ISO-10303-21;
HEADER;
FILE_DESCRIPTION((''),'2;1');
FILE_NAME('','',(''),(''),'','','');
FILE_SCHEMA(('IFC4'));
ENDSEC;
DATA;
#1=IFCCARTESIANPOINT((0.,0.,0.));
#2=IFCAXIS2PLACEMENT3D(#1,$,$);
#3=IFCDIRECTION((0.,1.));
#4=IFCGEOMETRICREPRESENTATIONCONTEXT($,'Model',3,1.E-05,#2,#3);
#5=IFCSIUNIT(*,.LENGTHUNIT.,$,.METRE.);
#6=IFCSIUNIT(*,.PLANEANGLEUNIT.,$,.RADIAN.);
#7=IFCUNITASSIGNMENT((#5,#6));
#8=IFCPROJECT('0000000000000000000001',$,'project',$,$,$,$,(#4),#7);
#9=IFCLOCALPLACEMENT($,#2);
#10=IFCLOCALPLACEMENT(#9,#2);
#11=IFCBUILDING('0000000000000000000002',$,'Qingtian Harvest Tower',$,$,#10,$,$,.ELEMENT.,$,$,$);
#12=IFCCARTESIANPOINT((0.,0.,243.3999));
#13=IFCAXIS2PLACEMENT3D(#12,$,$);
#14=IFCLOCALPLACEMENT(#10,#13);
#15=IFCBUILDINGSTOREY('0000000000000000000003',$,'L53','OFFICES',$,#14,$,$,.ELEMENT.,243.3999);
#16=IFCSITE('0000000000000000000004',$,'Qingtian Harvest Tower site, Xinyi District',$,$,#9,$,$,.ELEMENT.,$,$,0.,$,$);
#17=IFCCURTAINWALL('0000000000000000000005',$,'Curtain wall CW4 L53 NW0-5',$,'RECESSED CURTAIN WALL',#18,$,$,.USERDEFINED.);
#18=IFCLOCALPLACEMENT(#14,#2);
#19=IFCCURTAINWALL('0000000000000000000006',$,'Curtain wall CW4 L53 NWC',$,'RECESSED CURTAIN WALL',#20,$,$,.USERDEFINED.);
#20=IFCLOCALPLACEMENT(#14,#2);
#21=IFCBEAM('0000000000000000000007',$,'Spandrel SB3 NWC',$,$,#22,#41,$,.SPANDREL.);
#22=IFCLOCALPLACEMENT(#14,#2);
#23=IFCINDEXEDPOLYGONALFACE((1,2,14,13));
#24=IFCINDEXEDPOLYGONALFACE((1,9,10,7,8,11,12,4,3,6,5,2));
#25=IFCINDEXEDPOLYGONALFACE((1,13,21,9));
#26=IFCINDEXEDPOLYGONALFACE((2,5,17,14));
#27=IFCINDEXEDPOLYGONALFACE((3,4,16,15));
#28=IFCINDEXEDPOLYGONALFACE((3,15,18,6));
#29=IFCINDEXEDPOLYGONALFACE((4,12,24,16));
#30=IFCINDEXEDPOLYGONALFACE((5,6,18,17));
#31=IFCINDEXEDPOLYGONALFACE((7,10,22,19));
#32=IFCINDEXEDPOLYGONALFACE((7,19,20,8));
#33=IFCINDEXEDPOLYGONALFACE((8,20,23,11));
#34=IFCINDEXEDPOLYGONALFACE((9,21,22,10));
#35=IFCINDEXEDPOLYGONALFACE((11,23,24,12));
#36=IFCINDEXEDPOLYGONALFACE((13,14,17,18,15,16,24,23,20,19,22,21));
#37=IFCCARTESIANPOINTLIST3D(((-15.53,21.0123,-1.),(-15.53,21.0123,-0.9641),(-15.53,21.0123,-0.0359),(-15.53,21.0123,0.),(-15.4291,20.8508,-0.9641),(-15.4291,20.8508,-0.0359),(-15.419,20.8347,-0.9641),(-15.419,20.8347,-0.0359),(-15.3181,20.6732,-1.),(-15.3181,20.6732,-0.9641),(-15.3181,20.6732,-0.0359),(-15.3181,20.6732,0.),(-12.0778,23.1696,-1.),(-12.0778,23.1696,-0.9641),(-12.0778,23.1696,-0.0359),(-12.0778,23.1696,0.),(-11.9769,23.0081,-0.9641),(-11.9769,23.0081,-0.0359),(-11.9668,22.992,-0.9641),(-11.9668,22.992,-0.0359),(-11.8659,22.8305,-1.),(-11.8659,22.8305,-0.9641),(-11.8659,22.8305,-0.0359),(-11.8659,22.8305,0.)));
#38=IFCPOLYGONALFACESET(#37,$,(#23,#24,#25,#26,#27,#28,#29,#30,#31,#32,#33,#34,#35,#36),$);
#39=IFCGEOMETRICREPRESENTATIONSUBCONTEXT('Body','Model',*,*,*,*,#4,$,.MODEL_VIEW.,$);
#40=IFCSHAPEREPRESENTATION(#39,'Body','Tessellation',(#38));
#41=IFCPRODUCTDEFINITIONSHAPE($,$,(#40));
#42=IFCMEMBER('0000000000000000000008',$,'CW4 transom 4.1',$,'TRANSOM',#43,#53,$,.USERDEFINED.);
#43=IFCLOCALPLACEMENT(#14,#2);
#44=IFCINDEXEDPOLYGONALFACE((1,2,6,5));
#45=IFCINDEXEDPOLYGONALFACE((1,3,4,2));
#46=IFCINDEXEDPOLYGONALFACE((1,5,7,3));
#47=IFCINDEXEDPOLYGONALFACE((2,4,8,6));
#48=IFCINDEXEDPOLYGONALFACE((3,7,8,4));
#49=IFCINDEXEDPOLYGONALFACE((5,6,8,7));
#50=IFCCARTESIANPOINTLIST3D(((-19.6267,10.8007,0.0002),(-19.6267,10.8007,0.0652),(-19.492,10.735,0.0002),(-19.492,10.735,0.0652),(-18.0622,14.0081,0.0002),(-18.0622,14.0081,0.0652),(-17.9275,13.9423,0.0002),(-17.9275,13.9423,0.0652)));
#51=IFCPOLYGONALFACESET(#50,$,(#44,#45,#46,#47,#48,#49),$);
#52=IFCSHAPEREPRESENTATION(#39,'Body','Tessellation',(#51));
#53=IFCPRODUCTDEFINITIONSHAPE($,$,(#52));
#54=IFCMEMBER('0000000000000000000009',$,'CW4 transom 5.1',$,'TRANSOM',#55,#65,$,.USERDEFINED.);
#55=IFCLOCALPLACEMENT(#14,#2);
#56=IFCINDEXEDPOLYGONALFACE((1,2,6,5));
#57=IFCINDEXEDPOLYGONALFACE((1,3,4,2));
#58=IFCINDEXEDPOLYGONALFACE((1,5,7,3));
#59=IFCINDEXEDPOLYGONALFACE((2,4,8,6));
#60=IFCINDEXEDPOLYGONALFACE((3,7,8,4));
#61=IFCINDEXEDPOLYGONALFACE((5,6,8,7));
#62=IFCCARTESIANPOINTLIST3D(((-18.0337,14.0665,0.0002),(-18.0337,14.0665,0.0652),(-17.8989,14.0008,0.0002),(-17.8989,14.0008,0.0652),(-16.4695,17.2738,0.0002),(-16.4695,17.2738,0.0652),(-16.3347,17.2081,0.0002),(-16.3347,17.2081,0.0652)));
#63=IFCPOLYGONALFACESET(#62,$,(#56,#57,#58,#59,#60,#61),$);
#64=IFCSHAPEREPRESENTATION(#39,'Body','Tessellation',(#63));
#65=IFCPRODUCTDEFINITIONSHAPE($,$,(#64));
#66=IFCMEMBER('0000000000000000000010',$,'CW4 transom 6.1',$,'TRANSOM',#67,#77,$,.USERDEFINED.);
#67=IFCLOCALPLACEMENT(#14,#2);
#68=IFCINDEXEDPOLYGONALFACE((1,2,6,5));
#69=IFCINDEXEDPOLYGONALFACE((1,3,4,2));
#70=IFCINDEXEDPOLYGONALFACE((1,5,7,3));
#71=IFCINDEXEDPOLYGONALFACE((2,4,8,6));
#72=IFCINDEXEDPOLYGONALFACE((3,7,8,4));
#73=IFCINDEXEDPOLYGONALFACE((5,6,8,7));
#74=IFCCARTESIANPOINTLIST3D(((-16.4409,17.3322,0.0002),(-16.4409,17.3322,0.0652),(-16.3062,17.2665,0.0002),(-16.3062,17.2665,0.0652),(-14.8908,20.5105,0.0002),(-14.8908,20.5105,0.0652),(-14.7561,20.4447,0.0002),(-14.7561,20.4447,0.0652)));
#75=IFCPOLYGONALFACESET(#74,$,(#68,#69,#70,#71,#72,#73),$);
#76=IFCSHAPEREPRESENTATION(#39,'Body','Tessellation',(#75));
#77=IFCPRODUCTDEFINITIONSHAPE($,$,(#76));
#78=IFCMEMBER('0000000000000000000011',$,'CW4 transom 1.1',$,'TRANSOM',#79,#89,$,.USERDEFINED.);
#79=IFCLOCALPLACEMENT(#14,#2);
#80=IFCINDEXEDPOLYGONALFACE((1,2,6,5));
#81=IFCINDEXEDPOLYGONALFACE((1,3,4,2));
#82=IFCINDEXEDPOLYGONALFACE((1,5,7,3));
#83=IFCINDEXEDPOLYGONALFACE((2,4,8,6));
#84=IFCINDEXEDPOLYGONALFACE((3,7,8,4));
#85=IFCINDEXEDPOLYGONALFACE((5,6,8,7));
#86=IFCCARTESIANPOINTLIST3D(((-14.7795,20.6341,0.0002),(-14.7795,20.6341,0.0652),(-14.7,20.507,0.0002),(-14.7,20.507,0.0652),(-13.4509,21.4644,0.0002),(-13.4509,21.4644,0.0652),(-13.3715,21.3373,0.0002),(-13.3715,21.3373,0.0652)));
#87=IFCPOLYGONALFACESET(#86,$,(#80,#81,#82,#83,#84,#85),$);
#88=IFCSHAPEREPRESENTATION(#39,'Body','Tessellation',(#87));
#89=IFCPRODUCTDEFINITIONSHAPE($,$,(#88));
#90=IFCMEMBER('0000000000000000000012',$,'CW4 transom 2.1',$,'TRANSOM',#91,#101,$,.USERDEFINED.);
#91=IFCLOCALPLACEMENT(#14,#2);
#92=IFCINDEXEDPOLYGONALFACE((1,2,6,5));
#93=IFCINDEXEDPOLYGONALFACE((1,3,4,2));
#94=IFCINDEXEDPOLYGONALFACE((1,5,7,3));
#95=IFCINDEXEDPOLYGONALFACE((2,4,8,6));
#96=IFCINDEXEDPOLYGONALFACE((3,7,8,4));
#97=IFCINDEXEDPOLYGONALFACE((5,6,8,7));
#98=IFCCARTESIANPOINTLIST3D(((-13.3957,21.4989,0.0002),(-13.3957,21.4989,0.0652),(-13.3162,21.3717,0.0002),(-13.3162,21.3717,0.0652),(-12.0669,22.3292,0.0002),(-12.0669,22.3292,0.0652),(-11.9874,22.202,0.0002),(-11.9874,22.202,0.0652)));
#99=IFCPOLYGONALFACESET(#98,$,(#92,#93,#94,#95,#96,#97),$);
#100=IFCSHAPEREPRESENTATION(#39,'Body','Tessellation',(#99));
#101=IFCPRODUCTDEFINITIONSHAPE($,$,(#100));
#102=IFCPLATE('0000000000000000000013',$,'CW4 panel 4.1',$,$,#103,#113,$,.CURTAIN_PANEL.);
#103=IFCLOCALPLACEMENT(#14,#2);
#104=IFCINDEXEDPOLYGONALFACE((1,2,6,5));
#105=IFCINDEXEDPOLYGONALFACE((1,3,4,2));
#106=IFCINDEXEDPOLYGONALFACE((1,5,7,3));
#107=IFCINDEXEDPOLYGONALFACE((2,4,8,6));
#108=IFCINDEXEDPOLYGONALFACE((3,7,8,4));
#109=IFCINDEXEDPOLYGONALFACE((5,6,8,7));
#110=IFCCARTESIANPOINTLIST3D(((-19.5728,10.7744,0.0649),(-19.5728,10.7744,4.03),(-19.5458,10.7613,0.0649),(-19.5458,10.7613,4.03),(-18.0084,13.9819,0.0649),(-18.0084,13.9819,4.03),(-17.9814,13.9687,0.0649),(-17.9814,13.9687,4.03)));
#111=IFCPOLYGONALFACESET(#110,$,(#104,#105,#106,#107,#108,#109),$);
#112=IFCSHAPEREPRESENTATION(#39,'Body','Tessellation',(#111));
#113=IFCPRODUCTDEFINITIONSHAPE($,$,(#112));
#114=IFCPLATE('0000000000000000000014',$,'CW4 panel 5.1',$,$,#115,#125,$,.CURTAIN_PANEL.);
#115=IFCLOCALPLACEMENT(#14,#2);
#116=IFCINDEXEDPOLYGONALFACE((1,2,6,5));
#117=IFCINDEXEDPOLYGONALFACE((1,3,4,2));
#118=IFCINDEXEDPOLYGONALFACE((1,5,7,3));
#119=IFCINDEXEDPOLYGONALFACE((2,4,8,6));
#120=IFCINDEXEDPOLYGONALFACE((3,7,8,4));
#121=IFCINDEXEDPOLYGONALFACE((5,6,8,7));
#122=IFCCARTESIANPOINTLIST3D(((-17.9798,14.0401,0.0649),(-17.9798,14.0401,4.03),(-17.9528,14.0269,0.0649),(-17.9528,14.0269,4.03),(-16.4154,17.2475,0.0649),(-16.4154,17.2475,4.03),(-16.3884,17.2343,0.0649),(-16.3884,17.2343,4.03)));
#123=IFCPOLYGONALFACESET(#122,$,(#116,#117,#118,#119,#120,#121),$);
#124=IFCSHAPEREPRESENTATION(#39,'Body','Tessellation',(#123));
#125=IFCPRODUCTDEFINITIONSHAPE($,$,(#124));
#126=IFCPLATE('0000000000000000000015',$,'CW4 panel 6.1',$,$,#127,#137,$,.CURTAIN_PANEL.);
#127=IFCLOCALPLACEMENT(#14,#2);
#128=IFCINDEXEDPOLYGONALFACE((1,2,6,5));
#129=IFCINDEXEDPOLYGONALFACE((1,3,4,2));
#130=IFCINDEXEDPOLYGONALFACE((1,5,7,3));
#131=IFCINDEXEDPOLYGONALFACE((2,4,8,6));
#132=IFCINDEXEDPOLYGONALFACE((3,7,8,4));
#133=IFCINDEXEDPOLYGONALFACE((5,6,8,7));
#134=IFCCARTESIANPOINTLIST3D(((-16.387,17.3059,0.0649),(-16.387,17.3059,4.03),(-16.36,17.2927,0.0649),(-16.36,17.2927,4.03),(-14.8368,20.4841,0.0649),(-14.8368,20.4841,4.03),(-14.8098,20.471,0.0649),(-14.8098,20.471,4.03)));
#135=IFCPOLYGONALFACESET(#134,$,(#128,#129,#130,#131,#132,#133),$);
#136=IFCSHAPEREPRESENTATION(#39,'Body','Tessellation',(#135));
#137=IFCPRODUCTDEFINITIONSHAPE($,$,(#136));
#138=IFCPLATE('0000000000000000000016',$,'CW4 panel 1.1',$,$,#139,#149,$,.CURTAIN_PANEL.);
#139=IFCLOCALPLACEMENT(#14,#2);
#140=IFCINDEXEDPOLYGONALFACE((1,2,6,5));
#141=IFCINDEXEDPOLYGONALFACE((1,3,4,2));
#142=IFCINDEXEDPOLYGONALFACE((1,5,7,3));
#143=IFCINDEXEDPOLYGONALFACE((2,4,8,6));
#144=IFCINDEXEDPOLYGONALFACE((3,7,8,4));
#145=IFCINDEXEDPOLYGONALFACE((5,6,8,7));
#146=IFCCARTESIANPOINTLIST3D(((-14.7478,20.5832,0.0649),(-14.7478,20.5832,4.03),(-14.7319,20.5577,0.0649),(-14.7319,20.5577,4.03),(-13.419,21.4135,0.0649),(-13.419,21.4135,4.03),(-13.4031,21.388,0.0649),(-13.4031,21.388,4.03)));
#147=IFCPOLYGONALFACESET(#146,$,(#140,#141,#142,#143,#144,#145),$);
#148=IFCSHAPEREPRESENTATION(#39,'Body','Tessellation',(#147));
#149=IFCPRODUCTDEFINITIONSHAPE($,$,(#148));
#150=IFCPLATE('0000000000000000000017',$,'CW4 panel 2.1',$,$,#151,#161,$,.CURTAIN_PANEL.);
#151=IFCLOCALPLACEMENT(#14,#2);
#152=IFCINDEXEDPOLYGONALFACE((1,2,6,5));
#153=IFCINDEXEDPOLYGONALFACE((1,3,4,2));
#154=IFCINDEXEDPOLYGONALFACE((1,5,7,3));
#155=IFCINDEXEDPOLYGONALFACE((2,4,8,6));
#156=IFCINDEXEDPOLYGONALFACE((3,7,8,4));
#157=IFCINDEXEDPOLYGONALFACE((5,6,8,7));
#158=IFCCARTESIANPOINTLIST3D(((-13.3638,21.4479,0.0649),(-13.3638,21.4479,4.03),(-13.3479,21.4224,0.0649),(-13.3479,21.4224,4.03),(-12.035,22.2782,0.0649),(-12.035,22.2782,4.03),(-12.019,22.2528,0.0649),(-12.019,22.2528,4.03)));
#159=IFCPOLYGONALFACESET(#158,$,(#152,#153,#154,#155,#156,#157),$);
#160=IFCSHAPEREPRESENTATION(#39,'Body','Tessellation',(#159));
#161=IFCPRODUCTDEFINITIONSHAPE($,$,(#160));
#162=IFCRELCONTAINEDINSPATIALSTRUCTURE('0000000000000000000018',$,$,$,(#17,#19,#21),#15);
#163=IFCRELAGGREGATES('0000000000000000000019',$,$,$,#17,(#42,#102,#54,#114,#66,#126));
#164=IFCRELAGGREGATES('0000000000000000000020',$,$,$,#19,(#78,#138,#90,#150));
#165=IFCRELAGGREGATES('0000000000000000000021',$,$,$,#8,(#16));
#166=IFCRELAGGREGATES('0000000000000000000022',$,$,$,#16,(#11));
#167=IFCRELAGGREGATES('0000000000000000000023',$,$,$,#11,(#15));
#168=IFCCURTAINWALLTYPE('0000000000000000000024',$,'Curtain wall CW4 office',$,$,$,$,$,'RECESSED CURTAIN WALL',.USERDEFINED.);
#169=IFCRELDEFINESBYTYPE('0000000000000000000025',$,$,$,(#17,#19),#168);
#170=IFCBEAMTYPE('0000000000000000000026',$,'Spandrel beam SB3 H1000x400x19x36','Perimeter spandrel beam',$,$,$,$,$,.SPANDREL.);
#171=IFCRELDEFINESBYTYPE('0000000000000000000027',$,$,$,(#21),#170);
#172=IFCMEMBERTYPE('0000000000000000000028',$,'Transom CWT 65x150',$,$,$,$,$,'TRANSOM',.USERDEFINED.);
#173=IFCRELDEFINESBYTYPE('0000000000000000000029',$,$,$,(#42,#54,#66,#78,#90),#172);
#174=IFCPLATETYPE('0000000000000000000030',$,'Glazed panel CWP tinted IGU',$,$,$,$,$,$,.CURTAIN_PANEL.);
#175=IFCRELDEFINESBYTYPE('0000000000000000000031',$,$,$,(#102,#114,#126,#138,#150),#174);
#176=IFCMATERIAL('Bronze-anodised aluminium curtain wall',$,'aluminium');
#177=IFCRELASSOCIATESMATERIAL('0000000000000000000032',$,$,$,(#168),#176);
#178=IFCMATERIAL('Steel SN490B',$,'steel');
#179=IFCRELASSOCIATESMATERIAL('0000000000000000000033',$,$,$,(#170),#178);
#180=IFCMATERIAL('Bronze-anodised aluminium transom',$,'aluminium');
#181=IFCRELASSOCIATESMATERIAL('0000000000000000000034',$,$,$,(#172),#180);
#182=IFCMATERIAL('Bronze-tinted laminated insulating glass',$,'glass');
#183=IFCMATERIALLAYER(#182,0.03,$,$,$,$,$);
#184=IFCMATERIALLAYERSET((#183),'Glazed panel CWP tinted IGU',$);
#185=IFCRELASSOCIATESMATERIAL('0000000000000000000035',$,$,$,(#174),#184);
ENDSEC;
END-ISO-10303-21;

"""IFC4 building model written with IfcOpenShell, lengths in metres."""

from ifc_helpers import new_model, si_unit, direction, frame, origin, origin_2d, place, context, subcontext, project, spatial, rectangle, i_section, extrude, material, layer, layer_set, material_profile, profile_set, type_object, element, aggregate, save


model = new_model("IFC4")

# Units and contexts
model_context = context("Model", 3, precision=1e-05, world=origin(), true_north=direction((0.0, 1.0)))
body_context = subcontext(model_context, "Body", "Model", "MODEL_VIEW")
ifc_project = project(units=[si_unit("LENGTHUNIT", "METRE"), si_unit("PLANEANGLEUNIT", "RADIAN")], contexts=[model_context])

# Site, building, storey
site_placement = place(None, origin())
site = spatial("IfcSite", under=ifc_project, at=site_placement, Name="Qingtian Harvest Tower site, Xinyi District", CompositionType="ELEMENT", RefElevation=0.0)
building_placement = place(site_placement, origin())
building = spatial("IfcBuilding", under=site, at=building_placement, Name="Qingtian Harvest Tower", CompositionType="ELEMENT")
storey_placement = place(building_placement, frame((0.0, 0.0, 243.3999)))
storey = spatial("IfcBuildingStorey", under=building, at=storey_placement, Name="L53", Description="OFFICES", CompositionType="ELEMENT", Elevation=243.3999)

# Curtain walls
ifc_material_1 = material(Name="Bronze-anodised aluminium curtain wall", Category="aluminium")
curtain_wall_type = type_object("IfcCurtainWallType", Name="Curtain wall CW4 office", ElementType="RECESSED CURTAIN WALL", PredefinedType="USERDEFINED", material=ifc_material_1)
curtain_wall_1_placement = place(storey_placement, origin())
curtain_wall_1 = element("IfcCurtainWall", 1, at=curtain_wall_1_placement, inside=storey, type_object=curtain_wall_type, Name="Curtain wall CW4 L53 NW0-5", ObjectType="RECESSED CURTAIN WALL", PredefinedType="USERDEFINED")
curtain_wall_2_placement = place(storey_placement, origin())
curtain_wall_2 = element("IfcCurtainWall", 2, at=curtain_wall_2_placement, inside=storey, type_object=curtain_wall_type, Name="Curtain wall CW4 L53 NWC", ObjectType="RECESSED CURTAIN WALL", PredefinedType="USERDEFINED")

# Beam
ifc_material_2 = material(Name="Steel SN490B", Category="steel")
ifc_material_profile_1 = material_profile(ifc_material_2, i_section(OverallWidth=0.3999, OverallDepth=1.0, WebThickness=0.019, FlangeThickness=0.0359, at=origin_2d()), Name="H1000x400x19x36")
ifc_profile_set_1 = profile_set([ifc_material_profile_1], Name="Steel SN490B")
beam_type_1 = type_object("IfcBeamType", Name="Spandrel beam SB3 H1000x400x19x36", Description="Perimeter spandrel beam", PredefinedType="SPANDREL", material=ifc_profile_set_1)
beam_1_placement = place(storey_placement, frame((-15.4241, 20.8428, -0.5), z_axis=(0.848039, 0.529934, 0.0), x_axis=(-0.529934, 0.848039, 0.0)))
element("IfcBeam", 3, at=beam_1_placement, inside=storey, type_object=beam_type_1, Name="Spandrel SB3 NWC", PredefinedType="SPANDREL", context=body_context, shape_type="SweptSolid", body=[
    extrude(i_section(OverallWidth=0.3999, OverallDepth=1.0, WebThickness=0.019, FlangeThickness=0.0359, at=origin_2d()), origin(), (0.0, 0.0, 1.0), 4.0708),
])

# Members
ifc_material_3 = material(Name="Bronze-anodised aluminium transom", Category="aluminium")
ifc_material_profile_2 = material_profile(ifc_material_3, rectangle(XDim=0.1499, YDim=0.0649, at=origin_2d()), Name="AL 65x150")
ifc_profile_set_2 = profile_set([ifc_material_profile_2], Name="Bronze-anodised aluminium transom")
member_type_1 = type_object("IfcMemberType", Name="Transom CWT 65x150", ElementType="TRANSOM", PredefinedType="USERDEFINED", material=ifc_profile_set_2)
member_1_placement = place(storey_placement, frame((-19.5593, 10.7678, 0.0327), z_axis=(0.438407, 0.898776, 0.0), x_axis=(-0.898776, 0.438407, 0.0)))
member_1 = element("IfcMember", 4, at=member_1_placement, type_object=member_type_1, Name="CW4 transom 4.1", ObjectType="TRANSOM", PredefinedType="USERDEFINED", context=body_context, shape_type="SweptSolid", body=[
    extrude(rectangle(XDim=0.1499, YDim=0.0649, at=origin_2d()), origin(), (0.0, 0.0, 1.0), 3.5686),
])
member_2_placement = place(storey_placement, frame((-17.9663, 14.0337, 0.0327), z_axis=(0.438352, 0.898803, 0.0), x_axis=(-0.898803, 0.438352, 0.0)))
member_2 = element("IfcMember", 5, at=member_2_placement, type_object=member_type_1, Name="CW4 transom 5.1", ObjectType="TRANSOM", PredefinedType="USERDEFINED", context=body_context, shape_type="SweptSolid", body=[
    extrude(rectangle(XDim=0.1499, YDim=0.0649, at=origin_2d()), origin(), (0.0, 0.0, 1.0), 3.5684),
])
member_3_placement = place(storey_placement, frame((-16.3735, 17.2993, 0.0327), z_axis=(0.438354, 0.898802, 0.0), x_axis=(-0.898802, 0.438354, 0.0)))
member_3 = element("IfcMember", 6, at=member_3_placement, type_object=member_type_1, Name="CW4 transom 6.1", ObjectType="TRANSOM", PredefinedType="USERDEFINED", context=body_context, shape_type="SweptSolid", body=[
    extrude(rectangle(XDim=0.1499, YDim=0.0649, at=origin_2d()), origin(), (0.0, 0.0, 1.0), 3.5361),
])
member_4_placement = place(storey_placement, frame((-14.7397, 20.5706, 0.0327), z_axis=(0.848016, 0.529971, 0.0), x_axis=(-0.529971, 0.848016, 0.0)))
member_4 = element("IfcMember", 7, at=member_4_placement, type_object=member_type_1, Name="CW4 transom 1.1", ObjectType="TRANSOM", PredefinedType="USERDEFINED", context=body_context, shape_type="SweptSolid", body=[
    extrude(rectangle(XDim=0.1499, YDim=0.0649, at=origin_2d()), origin(), (0.0, 0.0, 1.0), 1.5667),
])
member_5_placement = place(storey_placement, frame((-13.356, 21.4353, 0.0327), z_axis=(0.84806, 0.529901, 0.0), x_axis=(-0.529901, 0.84806, 0.0)))
member_5 = element("IfcMember", 8, at=member_5_placement, type_object=member_type_1, Name="CW4 transom 2.1", ObjectType="TRANSOM", PredefinedType="USERDEFINED", context=body_context, shape_type="SweptSolid", body=[
    extrude(rectangle(XDim=0.1499, YDim=0.0649, at=origin_2d()), origin(), (0.0, 0.0, 1.0), 1.5669),
])

# Plates
ifc_material_4 = material(Name="Bronze-tinted laminated insulating glass", Category="glass")
ifc_layer = layer(ifc_material_4, 0.03)
ifc_layer_set = layer_set([ifc_layer], Name="Glazed panel CWP tinted IGU")
plate_type = type_object("IfcPlateType", Name="Glazed panel CWP tinted IGU", PredefinedType="CURTAIN_PANEL", material=ifc_layer_set)
plate_1_placement = place(storey_placement, frame((-18.7771, 12.3716, 0.0649), z_axis=(0.0, 0.0, 1.0), x_axis=(0.438371, 0.898794, 0.0)))
plate_1 = element("IfcPlate", 9, at=plate_1_placement, type_object=plate_type, Name="CW4 panel 4.1", PredefinedType="CURTAIN_PANEL", context=body_context, shape_type="SweptSolid", body=[
    extrude(rectangle(XDim=3.5686, YDim=0.03, at=origin_2d()), origin(), (0.0, 0.0, 1.0), 3.9651),
])
plate_2_placement = place(storey_placement, frame((-17.1841, 15.6372, 0.0649), z_axis=(0.0, 0.0, 1.0), x_axis=(0.438371, 0.898794, 0.0)))
plate_2 = element("IfcPlate", 10, at=plate_2_placement, type_object=plate_type, Name="CW4 panel 5.1", PredefinedType="CURTAIN_PANEL", context=body_context, shape_type="SweptSolid", body=[
    extrude(rectangle(XDim=3.5686, YDim=0.03, at=origin_2d()), origin(), (0.0, 0.0, 1.0), 3.9651),
])
plate_3_placement = place(storey_placement, frame((-15.5984, 18.8884, 0.0649), z_axis=(0.0, 0.0, 1.0), x_axis=(0.438371, 0.898794, 0.0)))
plate_3 = element("IfcPlate", 11, at=plate_3_placement, type_object=plate_type, Name="CW4 panel 6.1", PredefinedType="CURTAIN_PANEL", context=body_context, shape_type="SweptSolid", body=[
    extrude(rectangle(XDim=3.5361, YDim=0.03, at=origin_2d()), origin(), (0.0, 0.0, 1.0), 3.9651),
])
aggregate(curtain_wall_1, [member_1, plate_1, member_2, plate_2, member_3, plate_3])
plate_4_placement = place(storey_placement, frame((-14.0754, 20.9856, 0.0649), z_axis=(0.0, 0.0, 1.0), x_axis=(0.848048, 0.529919, 0.0)))
plate_4 = element("IfcPlate", 12, at=plate_4_placement, type_object=plate_type, Name="CW4 panel 1.1", PredefinedType="CURTAIN_PANEL", context=body_context, shape_type="SweptSolid", body=[
    extrude(rectangle(XDim=1.5669, YDim=0.03, at=origin_2d()), origin(), (0.0, 0.0, 1.0), 3.9651),
])
plate_5_placement = place(storey_placement, frame((-12.6914, 21.8503, 0.0649), z_axis=(0.0, 0.0, 1.0), x_axis=(0.848048, 0.529919, 0.0)))
plate_5 = element("IfcPlate", 13, at=plate_5_placement, type_object=plate_type, Name="CW4 panel 2.1", PredefinedType="CURTAIN_PANEL", context=body_context, shape_type="SweptSolid", body=[
    extrude(rectangle(XDim=1.5669, YDim=0.03, at=origin_2d()), origin(), (0.0, 0.0, 1.0), 3.9651),
])
aggregate(curtain_wall_2, [member_4, plate_4, member_5, plate_5])

save(model, "model.ifc")
